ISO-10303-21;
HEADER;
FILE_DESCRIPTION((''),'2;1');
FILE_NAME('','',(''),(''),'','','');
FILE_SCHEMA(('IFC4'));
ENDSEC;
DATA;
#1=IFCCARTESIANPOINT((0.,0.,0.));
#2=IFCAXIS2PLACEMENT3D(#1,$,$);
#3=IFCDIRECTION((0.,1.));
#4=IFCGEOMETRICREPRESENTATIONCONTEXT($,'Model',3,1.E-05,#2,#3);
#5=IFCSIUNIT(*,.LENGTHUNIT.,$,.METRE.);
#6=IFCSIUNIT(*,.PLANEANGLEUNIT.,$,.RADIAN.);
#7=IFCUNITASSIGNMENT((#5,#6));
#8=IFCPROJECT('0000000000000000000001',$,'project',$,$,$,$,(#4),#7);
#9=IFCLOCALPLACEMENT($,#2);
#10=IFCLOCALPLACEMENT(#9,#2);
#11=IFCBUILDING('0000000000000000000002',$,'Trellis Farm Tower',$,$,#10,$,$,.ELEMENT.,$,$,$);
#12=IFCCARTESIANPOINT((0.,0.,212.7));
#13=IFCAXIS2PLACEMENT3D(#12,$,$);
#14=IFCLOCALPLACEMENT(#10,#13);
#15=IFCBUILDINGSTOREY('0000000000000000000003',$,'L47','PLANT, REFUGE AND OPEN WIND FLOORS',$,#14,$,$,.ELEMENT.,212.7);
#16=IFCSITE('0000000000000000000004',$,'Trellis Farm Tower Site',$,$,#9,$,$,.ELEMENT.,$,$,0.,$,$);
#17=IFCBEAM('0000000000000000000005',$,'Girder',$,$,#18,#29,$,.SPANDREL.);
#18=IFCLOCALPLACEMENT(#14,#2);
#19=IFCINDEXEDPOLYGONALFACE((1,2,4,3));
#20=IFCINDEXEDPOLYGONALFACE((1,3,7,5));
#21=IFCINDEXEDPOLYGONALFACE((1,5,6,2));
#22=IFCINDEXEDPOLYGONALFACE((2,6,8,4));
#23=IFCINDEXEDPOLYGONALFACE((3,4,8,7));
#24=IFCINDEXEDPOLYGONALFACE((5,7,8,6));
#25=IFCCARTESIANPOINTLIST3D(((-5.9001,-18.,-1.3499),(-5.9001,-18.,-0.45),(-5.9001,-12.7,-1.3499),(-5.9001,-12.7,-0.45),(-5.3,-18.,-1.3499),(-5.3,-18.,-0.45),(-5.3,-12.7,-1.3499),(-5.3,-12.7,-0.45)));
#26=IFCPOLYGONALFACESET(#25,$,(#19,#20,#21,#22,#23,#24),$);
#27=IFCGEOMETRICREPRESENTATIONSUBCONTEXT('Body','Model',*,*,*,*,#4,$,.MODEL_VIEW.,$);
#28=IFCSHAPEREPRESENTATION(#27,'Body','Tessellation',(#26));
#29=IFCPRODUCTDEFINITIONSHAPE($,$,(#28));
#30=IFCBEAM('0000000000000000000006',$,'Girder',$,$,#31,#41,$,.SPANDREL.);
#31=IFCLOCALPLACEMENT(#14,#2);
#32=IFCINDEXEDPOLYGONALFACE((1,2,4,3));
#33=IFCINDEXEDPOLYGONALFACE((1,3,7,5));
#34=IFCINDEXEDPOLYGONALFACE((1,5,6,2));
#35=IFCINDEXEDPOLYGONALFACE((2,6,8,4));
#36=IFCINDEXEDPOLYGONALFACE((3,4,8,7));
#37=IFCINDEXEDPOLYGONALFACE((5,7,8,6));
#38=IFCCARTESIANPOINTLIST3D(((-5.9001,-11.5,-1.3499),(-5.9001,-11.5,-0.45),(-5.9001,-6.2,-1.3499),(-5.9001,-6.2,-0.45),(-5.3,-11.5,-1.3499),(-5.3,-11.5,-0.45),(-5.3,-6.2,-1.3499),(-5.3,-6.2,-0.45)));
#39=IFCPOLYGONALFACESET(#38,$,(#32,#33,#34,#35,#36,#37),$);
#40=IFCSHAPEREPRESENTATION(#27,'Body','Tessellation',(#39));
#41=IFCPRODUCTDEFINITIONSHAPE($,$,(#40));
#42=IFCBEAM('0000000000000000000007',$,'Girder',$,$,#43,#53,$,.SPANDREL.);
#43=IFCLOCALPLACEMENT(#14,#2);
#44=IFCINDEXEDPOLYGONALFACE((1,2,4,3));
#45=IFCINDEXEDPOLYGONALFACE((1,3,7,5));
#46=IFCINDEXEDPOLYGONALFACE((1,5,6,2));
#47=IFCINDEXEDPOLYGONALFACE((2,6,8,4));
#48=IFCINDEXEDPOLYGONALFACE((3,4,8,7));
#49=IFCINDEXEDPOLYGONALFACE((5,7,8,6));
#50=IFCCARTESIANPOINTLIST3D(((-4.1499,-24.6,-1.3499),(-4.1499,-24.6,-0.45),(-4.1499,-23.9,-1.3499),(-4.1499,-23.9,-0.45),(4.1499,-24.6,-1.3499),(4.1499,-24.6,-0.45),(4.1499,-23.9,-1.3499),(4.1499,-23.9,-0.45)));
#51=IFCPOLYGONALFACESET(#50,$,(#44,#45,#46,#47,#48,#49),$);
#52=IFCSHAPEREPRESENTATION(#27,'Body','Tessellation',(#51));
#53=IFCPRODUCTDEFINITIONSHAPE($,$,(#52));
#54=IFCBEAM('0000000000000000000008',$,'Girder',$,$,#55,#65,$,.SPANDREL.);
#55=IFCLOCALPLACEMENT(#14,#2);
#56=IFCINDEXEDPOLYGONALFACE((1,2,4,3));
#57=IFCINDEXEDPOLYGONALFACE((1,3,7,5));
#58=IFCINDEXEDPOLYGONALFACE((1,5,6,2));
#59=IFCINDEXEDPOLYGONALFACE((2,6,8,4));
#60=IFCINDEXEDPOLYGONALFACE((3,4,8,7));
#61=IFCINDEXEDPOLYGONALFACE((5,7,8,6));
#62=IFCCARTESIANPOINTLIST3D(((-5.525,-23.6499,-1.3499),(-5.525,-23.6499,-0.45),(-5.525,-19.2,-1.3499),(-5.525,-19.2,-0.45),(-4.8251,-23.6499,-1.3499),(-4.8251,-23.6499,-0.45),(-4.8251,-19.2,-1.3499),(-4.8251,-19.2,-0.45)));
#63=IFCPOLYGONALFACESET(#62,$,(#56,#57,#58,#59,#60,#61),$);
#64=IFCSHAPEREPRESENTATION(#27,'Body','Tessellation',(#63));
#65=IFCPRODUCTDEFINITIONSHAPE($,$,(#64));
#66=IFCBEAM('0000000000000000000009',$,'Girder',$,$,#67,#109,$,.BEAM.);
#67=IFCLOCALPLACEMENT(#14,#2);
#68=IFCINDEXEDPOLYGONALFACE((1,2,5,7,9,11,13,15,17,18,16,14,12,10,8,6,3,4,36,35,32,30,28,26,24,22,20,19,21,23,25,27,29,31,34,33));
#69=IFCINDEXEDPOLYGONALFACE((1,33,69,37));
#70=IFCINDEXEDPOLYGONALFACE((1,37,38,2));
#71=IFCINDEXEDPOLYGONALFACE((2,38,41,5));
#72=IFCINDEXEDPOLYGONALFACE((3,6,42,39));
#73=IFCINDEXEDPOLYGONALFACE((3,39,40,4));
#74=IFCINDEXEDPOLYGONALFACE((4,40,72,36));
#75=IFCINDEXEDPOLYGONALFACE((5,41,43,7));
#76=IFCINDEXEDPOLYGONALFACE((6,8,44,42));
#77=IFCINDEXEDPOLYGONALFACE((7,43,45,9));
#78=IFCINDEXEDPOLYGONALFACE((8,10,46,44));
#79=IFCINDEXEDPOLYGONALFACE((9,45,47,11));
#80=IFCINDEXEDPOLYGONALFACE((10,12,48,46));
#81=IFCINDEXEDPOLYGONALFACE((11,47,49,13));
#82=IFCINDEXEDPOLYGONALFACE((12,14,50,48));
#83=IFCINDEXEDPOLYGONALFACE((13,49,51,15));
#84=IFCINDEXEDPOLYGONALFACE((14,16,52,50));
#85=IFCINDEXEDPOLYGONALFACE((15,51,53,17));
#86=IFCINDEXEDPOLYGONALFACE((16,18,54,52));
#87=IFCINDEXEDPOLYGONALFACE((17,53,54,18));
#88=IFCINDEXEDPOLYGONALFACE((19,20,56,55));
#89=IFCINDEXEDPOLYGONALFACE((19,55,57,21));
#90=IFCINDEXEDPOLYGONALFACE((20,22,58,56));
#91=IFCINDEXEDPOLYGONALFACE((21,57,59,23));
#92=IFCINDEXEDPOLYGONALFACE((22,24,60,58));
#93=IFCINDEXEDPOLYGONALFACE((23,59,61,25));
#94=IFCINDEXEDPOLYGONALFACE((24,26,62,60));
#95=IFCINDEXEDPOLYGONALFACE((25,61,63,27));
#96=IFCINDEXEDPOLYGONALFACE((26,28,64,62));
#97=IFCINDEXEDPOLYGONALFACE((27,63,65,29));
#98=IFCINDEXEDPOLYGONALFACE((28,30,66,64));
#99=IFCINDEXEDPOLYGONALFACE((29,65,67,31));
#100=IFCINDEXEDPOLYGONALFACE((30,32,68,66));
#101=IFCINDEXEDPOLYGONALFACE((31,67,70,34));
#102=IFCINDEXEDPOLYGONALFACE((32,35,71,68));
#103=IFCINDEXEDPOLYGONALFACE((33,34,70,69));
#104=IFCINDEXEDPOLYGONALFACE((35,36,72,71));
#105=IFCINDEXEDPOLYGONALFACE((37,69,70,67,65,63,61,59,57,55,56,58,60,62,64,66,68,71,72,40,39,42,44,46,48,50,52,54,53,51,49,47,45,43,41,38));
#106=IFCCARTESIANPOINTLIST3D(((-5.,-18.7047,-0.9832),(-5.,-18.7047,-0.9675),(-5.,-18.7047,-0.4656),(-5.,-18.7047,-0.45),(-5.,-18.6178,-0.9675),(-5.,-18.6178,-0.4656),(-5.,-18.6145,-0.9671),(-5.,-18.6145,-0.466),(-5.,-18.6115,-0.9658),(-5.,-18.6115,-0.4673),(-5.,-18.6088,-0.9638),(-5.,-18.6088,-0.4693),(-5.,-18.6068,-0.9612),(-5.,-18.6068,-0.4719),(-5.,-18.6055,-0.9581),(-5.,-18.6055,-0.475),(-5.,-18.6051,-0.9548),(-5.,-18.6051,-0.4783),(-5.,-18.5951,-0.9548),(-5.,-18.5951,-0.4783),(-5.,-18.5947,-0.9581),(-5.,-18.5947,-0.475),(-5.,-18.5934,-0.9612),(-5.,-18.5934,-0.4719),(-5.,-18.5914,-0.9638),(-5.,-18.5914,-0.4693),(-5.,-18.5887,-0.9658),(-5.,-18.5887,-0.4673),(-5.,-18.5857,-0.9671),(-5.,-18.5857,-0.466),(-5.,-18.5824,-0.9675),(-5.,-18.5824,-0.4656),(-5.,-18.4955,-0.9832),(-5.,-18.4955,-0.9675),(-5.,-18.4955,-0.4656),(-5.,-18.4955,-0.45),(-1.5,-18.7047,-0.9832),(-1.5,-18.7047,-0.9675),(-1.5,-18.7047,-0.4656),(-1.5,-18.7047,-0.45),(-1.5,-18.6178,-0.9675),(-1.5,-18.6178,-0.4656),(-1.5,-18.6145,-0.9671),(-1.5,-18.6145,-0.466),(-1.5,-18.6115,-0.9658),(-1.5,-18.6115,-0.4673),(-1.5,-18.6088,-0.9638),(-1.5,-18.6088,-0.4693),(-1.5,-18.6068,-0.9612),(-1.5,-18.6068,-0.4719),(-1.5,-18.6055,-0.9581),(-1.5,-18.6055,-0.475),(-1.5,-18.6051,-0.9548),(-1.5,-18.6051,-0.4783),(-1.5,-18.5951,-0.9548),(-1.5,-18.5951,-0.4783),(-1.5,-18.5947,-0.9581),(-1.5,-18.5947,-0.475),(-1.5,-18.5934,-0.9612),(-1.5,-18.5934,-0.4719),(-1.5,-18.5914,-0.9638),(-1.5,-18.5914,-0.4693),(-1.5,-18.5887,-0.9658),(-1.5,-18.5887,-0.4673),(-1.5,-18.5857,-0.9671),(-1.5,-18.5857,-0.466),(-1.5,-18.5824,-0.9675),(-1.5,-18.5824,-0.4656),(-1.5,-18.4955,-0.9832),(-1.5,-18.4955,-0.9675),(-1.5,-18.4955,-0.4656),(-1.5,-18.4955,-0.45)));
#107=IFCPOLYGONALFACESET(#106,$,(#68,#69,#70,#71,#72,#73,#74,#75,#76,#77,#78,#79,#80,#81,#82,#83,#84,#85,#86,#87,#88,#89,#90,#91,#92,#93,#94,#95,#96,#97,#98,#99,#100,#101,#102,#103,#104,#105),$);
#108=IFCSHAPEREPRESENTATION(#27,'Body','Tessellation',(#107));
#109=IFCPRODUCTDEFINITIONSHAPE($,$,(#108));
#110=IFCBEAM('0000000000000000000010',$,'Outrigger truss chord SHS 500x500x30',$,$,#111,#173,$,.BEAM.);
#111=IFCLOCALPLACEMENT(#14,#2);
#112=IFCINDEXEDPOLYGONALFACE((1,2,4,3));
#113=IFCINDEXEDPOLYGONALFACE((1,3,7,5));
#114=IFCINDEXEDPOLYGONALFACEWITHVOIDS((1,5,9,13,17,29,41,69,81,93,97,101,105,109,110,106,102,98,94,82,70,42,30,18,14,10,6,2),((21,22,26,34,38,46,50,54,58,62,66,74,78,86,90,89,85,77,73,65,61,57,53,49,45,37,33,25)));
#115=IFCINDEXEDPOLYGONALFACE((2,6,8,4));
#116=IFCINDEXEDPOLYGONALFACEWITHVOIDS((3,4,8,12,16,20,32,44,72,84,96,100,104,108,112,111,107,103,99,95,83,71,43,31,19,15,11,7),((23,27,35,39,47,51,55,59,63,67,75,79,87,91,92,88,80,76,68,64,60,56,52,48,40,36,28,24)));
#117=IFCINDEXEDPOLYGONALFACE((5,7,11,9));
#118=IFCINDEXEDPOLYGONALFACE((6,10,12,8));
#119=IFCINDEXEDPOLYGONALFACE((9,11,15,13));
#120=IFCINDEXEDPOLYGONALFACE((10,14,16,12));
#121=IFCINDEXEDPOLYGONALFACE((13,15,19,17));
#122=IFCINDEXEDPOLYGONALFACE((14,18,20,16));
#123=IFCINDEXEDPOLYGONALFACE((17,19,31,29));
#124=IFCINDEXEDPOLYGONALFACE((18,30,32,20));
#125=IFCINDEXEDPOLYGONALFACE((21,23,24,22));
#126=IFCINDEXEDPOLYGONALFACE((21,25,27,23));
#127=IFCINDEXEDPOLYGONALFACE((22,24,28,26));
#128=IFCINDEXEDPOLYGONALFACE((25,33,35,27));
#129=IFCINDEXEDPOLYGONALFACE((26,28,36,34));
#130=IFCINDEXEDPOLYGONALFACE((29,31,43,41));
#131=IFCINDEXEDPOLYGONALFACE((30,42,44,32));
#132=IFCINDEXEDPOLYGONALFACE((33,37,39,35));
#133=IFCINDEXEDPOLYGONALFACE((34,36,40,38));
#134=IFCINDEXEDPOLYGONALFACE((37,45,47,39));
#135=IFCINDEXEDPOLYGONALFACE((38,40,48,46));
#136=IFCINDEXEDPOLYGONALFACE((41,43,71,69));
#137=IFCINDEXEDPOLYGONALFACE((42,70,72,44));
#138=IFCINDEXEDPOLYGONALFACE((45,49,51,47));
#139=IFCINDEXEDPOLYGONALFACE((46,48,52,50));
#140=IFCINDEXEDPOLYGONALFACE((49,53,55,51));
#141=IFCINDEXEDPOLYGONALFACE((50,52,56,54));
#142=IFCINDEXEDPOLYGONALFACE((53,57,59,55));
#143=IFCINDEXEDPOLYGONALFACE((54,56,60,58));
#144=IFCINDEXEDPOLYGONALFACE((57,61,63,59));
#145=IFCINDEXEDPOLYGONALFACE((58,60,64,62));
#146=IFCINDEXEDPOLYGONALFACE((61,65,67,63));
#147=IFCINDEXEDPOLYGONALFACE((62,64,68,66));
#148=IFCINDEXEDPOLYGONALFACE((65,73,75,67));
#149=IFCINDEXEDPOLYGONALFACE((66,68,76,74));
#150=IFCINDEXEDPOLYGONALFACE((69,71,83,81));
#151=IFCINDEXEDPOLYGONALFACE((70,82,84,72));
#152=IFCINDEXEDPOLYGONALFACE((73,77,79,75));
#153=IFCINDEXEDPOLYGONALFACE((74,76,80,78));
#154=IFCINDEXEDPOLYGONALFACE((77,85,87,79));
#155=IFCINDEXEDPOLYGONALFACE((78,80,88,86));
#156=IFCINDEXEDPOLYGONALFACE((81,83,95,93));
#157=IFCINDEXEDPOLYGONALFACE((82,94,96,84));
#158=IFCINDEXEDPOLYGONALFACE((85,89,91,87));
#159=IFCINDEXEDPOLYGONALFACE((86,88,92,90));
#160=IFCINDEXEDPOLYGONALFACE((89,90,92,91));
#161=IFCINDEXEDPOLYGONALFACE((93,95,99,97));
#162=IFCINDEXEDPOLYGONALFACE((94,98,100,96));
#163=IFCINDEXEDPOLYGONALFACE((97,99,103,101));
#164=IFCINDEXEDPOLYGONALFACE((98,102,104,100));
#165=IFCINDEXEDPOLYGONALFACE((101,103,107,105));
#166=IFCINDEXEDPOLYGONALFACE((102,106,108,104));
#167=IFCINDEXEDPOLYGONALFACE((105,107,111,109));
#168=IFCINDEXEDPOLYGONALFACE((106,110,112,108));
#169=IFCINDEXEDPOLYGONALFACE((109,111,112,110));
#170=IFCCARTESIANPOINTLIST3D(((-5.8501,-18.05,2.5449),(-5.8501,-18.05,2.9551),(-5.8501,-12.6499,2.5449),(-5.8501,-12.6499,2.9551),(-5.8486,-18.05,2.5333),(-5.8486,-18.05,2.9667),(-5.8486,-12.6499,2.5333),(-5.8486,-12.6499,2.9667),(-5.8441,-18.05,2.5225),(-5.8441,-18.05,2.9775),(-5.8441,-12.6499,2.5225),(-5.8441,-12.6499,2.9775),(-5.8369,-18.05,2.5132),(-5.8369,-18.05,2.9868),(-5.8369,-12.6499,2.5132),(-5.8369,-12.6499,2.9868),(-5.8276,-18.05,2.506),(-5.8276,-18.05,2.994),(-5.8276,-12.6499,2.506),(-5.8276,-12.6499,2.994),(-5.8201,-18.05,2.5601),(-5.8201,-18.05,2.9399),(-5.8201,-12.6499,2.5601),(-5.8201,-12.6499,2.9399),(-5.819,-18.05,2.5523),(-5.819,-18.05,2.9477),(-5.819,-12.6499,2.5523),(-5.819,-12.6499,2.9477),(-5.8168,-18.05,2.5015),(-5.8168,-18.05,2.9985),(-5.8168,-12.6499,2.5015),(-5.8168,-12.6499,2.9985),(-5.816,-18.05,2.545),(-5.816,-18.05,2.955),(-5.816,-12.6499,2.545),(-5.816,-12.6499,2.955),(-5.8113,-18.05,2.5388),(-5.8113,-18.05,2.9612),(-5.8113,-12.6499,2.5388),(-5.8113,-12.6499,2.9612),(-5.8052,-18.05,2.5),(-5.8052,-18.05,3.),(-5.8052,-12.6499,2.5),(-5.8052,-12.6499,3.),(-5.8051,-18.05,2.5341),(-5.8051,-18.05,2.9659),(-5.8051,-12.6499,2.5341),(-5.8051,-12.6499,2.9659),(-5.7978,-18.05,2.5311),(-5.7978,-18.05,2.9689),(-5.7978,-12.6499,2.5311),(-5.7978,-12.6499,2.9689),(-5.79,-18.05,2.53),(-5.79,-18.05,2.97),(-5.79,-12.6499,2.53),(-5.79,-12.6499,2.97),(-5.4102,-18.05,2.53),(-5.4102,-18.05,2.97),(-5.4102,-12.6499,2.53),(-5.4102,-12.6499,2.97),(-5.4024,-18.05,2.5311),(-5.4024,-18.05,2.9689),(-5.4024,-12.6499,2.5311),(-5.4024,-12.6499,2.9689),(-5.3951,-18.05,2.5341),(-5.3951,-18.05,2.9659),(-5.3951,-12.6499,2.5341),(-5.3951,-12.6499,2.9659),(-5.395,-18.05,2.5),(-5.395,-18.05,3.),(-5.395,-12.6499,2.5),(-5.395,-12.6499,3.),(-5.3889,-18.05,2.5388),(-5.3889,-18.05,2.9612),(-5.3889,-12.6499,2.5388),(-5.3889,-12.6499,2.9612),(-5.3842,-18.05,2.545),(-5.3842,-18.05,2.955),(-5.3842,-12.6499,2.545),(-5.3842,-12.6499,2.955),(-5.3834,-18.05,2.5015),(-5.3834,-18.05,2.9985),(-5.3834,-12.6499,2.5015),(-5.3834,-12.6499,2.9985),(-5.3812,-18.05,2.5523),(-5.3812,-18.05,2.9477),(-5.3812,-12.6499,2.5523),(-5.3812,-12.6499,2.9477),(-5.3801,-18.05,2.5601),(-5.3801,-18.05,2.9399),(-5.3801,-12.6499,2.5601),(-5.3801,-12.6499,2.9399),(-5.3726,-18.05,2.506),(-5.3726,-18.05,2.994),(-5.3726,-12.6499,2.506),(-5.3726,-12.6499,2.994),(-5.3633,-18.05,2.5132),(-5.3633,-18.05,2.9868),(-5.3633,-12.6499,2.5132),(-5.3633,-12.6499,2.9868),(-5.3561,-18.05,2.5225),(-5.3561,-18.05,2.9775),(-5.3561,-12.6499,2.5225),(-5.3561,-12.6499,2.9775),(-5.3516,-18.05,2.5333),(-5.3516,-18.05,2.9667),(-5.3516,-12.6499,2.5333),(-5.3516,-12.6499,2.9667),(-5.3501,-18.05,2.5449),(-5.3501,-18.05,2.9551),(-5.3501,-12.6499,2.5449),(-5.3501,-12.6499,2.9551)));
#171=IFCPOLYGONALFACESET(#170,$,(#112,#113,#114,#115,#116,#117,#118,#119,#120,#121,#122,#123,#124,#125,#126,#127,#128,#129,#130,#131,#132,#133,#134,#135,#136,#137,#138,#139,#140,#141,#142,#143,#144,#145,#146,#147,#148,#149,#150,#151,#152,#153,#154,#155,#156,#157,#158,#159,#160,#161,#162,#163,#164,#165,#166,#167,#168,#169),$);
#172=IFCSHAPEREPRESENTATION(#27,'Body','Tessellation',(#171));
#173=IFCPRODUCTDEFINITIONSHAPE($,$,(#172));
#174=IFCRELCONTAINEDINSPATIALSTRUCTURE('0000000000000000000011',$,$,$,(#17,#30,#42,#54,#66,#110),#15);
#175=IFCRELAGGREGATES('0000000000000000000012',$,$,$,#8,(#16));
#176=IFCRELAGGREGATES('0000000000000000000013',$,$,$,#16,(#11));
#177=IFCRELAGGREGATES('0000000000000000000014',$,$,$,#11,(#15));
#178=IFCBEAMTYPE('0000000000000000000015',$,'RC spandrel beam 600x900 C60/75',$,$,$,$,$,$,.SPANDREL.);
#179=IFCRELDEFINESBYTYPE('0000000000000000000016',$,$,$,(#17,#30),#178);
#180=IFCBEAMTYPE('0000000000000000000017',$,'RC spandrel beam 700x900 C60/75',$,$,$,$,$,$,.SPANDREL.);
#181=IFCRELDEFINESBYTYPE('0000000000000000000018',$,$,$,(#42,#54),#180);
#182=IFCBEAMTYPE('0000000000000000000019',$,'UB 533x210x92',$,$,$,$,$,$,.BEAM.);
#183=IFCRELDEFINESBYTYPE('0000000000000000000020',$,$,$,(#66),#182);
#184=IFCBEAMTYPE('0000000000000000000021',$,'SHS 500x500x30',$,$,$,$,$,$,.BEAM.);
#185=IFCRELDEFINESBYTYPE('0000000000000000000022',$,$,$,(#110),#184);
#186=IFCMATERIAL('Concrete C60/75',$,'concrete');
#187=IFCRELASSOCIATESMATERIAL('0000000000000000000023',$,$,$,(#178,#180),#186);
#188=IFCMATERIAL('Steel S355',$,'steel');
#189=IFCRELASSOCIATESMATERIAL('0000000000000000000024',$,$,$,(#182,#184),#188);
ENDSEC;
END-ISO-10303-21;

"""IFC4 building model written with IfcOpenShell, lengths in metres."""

from ifc_helpers import new_model, si_unit, direction, frame, origin, origin_2d, place, context, subcontext, project, spatial, rectangle, hollow_rectangle, i_section, extrude, source, transform, mapped, material, material_profile, profile_set, type_object, element, save


model = new_model("IFC4")

# Units and contexts
model_context = context("Model", 3, precision=1e-05, world=origin(), true_north=direction((0.0, 1.0)))
body_context = subcontext(model_context, "Body", "Model", "MODEL_VIEW")
ifc_project = project(units=[si_unit("LENGTHUNIT", "METRE"), si_unit("PLANEANGLEUNIT", "RADIAN")], contexts=[model_context])

# Site, building, storey
site_placement = place(None, origin())
site = spatial("IfcSite", under=ifc_project, at=site_placement, Name="Trellis Farm Tower Site", CompositionType="ELEMENT", RefElevation=0.0)
building_placement = place(site_placement, origin())
building = spatial("IfcBuilding", under=site, at=building_placement, Name="Trellis Farm Tower", CompositionType="ELEMENT")
storey_placement = place(building_placement, frame((0.0, 0.0, 212.7)))
storey = spatial("IfcBuildingStorey", under=building, at=storey_placement, Name="L47", Description="PLANT, REFUGE AND OPEN WIND FLOORS", CompositionType="ELEMENT", Elevation=212.7)

# Shared definitions
ifc_material_1 = material(Name="Concrete C60/75", Category="concrete")

# Beams
ifc_material_2 = material(Name="Steel S355", Category="steel")
ifc_material_profile_1 = material_profile(ifc_material_1, rectangle(XDim=0.6001, YDim=0.8999, at=origin_2d()), Name="RC spandrel beam 600x900 C60/75")
ifc_profile_set_1 = profile_set([ifc_material_profile_1], Name="Concrete C60/75")
beam_type_1 = type_object("IfcBeamType", Name="RC spandrel beam 600x900 C60/75", PredefinedType="SPANDREL", material=ifc_profile_set_1)
shared_shape_1 = source(origin(), body_context, "Body", "SweptSolid", [
    extrude(rectangle(XDim=0.6001, YDim=0.8999, at=origin_2d()), origin(), (0.0, 0.0, 1.0), 5.3),
])
for number, where, z_axis, x_axis, name in (
    (1, (-5.6001, -18.0, -0.8999), (0.0, 1.0, 0.0), (-1.0, 0.0, 0.0), "Girder"),
    (2, (-5.6001, -11.5, -0.8999), (0.0, 1.0, 0.0), (-1.0, 0.0, 0.0), "Girder"),
):
    element("IfcBeam", number, at=place(storey_placement, frame(where, z_axis=z_axis, x_axis=x_axis)), inside=storey, type_object=beam_type_1, Name=name, PredefinedType="SPANDREL", context=body_context, shape_type="MappedRepresentation", body=[
        mapped(shared_shape_1, transform((0.0, 0.0, 0.0))),
    ])
ifc_material_profile_2 = material_profile(ifc_material_1, rectangle(XDim=0.7, YDim=0.8999, at=origin_2d()), Name="RC spandrel beam 700x900 C60/75")
ifc_profile_set_2 = profile_set([ifc_material_profile_2], Name="Concrete C60/75")
beam_type_2 = type_object("IfcBeamType", Name="RC spandrel beam 700x900 C60/75", PredefinedType="SPANDREL", material=ifc_profile_set_2)
shared_shape_2 = source(origin(), body_context, "Body", "SweptSolid", [
    extrude(rectangle(XDim=0.7, YDim=0.8999, at=origin_2d()), origin(), (0.0, 0.0, 1.0), 8.2998),
])
beam_1_placement = place(storey_placement, frame((-4.1499, -24.25, -0.8999), z_axis=(1.0, 0.0, 0.0), x_axis=(0.0, 1.0, 0.0)))
element("IfcBeam", 3, at=beam_1_placement, inside=storey, type_object=beam_type_2, Name="Girder", PredefinedType="SPANDREL", context=body_context, shape_type="MappedRepresentation", body=[
    mapped(shared_shape_2, transform((0.0, 0.0, 0.0))),
])
shared_shape_3 = source(origin(), body_context, "Body", "SweptSolid", [
    extrude(rectangle(XDim=0.7, YDim=0.8999, at=origin_2d()), origin(), (0.0, 0.0, 1.0), 4.45),
])
beam_2_placement = place(storey_placement, frame((-5.175, -23.6499, -0.8999), z_axis=(0.0, 1.0, 0.0), x_axis=(-1.0, 0.0, 0.0)))
element("IfcBeam", 4, at=beam_2_placement, inside=storey, type_object=beam_type_2, Name="Girder", PredefinedType="SPANDREL", context=body_context, shape_type="MappedRepresentation", body=[
    mapped(shared_shape_3, transform((0.0, 0.0, 0.0))),
])
ifc_material_profile_3 = material_profile(ifc_material_2, i_section(OverallWidth=0.2092, OverallDepth=0.5332, WebThickness=0.01, FlangeThickness=0.0156, FilletRadius=0.0127, at=origin_2d()), Name="UB 533x210x92")
ifc_profile_set_3 = profile_set([ifc_material_profile_3], Name="Steel S355")
beam_type_3 = type_object("IfcBeamType", Name="UB 533x210x92", PredefinedType="BEAM", material=ifc_profile_set_3)
shared_shape_4 = source(origin(), body_context, "Body", "SweptSolid", [
    extrude(i_section(OverallWidth=0.2092, OverallDepth=0.5332, WebThickness=0.01, FlangeThickness=0.0156, FilletRadius=0.0127, at=origin_2d()), origin(), (0.0, 0.0, 1.0), 3.5),
])
beam_3_placement = place(storey_placement, frame((-5.0, -18.6001, -0.7166), z_axis=(1.0, 0.0, 0.0), x_axis=(0.0, 1.0, 0.0)))
element("IfcBeam", 5, at=beam_3_placement, inside=storey, type_object=beam_type_3, Name="Girder", PredefinedType="BEAM", context=body_context, shape_type="MappedRepresentation", body=[
    mapped(shared_shape_4, transform((0.0, 0.0, 0.0))),
])
ifc_material_profile_4 = material_profile(ifc_material_2, hollow_rectangle(XDim=0.5, YDim=0.5, WallThickness=0.03, InnerFilletRadius=0.03, OuterFilletRadius=0.0449, at=origin_2d()), Name="SHS 500x500x30")
ifc_profile_set_4 = profile_set([ifc_material_profile_4], Name="Steel S355")
beam_type_4 = type_object("IfcBeamType", Name="SHS 500x500x30", PredefinedType="BEAM", material=ifc_profile_set_4)
shared_shape_5 = source(origin(), body_context, "Body", "SweptSolid", [
    extrude(hollow_rectangle(XDim=0.5, YDim=0.5, WallThickness=0.03, InnerFilletRadius=0.03, OuterFilletRadius=0.0449, at=origin_2d()), origin(), (0.0, 0.0, 1.0), 5.4001),
])
for number, where, z_axis, x_axis, name in (
    (6, (-5.6001, -18.05, 2.75), (0.0, 1.0, 0.0), (-1.0, 0.0, 0.0), "Outrigger truss chord SHS 500x500x30"),
):
    element("IfcBeam", number, at=place(storey_placement, frame(where, z_axis=z_axis, x_axis=x_axis)), inside=storey, type_object=beam_type_4, Name=name, PredefinedType="BEAM", context=body_context, shape_type="MappedRepresentation", body=[
        mapped(shared_shape_5, transform((0.0, 0.0, 0.0))),
    ])

save(model, "model.ifc")
